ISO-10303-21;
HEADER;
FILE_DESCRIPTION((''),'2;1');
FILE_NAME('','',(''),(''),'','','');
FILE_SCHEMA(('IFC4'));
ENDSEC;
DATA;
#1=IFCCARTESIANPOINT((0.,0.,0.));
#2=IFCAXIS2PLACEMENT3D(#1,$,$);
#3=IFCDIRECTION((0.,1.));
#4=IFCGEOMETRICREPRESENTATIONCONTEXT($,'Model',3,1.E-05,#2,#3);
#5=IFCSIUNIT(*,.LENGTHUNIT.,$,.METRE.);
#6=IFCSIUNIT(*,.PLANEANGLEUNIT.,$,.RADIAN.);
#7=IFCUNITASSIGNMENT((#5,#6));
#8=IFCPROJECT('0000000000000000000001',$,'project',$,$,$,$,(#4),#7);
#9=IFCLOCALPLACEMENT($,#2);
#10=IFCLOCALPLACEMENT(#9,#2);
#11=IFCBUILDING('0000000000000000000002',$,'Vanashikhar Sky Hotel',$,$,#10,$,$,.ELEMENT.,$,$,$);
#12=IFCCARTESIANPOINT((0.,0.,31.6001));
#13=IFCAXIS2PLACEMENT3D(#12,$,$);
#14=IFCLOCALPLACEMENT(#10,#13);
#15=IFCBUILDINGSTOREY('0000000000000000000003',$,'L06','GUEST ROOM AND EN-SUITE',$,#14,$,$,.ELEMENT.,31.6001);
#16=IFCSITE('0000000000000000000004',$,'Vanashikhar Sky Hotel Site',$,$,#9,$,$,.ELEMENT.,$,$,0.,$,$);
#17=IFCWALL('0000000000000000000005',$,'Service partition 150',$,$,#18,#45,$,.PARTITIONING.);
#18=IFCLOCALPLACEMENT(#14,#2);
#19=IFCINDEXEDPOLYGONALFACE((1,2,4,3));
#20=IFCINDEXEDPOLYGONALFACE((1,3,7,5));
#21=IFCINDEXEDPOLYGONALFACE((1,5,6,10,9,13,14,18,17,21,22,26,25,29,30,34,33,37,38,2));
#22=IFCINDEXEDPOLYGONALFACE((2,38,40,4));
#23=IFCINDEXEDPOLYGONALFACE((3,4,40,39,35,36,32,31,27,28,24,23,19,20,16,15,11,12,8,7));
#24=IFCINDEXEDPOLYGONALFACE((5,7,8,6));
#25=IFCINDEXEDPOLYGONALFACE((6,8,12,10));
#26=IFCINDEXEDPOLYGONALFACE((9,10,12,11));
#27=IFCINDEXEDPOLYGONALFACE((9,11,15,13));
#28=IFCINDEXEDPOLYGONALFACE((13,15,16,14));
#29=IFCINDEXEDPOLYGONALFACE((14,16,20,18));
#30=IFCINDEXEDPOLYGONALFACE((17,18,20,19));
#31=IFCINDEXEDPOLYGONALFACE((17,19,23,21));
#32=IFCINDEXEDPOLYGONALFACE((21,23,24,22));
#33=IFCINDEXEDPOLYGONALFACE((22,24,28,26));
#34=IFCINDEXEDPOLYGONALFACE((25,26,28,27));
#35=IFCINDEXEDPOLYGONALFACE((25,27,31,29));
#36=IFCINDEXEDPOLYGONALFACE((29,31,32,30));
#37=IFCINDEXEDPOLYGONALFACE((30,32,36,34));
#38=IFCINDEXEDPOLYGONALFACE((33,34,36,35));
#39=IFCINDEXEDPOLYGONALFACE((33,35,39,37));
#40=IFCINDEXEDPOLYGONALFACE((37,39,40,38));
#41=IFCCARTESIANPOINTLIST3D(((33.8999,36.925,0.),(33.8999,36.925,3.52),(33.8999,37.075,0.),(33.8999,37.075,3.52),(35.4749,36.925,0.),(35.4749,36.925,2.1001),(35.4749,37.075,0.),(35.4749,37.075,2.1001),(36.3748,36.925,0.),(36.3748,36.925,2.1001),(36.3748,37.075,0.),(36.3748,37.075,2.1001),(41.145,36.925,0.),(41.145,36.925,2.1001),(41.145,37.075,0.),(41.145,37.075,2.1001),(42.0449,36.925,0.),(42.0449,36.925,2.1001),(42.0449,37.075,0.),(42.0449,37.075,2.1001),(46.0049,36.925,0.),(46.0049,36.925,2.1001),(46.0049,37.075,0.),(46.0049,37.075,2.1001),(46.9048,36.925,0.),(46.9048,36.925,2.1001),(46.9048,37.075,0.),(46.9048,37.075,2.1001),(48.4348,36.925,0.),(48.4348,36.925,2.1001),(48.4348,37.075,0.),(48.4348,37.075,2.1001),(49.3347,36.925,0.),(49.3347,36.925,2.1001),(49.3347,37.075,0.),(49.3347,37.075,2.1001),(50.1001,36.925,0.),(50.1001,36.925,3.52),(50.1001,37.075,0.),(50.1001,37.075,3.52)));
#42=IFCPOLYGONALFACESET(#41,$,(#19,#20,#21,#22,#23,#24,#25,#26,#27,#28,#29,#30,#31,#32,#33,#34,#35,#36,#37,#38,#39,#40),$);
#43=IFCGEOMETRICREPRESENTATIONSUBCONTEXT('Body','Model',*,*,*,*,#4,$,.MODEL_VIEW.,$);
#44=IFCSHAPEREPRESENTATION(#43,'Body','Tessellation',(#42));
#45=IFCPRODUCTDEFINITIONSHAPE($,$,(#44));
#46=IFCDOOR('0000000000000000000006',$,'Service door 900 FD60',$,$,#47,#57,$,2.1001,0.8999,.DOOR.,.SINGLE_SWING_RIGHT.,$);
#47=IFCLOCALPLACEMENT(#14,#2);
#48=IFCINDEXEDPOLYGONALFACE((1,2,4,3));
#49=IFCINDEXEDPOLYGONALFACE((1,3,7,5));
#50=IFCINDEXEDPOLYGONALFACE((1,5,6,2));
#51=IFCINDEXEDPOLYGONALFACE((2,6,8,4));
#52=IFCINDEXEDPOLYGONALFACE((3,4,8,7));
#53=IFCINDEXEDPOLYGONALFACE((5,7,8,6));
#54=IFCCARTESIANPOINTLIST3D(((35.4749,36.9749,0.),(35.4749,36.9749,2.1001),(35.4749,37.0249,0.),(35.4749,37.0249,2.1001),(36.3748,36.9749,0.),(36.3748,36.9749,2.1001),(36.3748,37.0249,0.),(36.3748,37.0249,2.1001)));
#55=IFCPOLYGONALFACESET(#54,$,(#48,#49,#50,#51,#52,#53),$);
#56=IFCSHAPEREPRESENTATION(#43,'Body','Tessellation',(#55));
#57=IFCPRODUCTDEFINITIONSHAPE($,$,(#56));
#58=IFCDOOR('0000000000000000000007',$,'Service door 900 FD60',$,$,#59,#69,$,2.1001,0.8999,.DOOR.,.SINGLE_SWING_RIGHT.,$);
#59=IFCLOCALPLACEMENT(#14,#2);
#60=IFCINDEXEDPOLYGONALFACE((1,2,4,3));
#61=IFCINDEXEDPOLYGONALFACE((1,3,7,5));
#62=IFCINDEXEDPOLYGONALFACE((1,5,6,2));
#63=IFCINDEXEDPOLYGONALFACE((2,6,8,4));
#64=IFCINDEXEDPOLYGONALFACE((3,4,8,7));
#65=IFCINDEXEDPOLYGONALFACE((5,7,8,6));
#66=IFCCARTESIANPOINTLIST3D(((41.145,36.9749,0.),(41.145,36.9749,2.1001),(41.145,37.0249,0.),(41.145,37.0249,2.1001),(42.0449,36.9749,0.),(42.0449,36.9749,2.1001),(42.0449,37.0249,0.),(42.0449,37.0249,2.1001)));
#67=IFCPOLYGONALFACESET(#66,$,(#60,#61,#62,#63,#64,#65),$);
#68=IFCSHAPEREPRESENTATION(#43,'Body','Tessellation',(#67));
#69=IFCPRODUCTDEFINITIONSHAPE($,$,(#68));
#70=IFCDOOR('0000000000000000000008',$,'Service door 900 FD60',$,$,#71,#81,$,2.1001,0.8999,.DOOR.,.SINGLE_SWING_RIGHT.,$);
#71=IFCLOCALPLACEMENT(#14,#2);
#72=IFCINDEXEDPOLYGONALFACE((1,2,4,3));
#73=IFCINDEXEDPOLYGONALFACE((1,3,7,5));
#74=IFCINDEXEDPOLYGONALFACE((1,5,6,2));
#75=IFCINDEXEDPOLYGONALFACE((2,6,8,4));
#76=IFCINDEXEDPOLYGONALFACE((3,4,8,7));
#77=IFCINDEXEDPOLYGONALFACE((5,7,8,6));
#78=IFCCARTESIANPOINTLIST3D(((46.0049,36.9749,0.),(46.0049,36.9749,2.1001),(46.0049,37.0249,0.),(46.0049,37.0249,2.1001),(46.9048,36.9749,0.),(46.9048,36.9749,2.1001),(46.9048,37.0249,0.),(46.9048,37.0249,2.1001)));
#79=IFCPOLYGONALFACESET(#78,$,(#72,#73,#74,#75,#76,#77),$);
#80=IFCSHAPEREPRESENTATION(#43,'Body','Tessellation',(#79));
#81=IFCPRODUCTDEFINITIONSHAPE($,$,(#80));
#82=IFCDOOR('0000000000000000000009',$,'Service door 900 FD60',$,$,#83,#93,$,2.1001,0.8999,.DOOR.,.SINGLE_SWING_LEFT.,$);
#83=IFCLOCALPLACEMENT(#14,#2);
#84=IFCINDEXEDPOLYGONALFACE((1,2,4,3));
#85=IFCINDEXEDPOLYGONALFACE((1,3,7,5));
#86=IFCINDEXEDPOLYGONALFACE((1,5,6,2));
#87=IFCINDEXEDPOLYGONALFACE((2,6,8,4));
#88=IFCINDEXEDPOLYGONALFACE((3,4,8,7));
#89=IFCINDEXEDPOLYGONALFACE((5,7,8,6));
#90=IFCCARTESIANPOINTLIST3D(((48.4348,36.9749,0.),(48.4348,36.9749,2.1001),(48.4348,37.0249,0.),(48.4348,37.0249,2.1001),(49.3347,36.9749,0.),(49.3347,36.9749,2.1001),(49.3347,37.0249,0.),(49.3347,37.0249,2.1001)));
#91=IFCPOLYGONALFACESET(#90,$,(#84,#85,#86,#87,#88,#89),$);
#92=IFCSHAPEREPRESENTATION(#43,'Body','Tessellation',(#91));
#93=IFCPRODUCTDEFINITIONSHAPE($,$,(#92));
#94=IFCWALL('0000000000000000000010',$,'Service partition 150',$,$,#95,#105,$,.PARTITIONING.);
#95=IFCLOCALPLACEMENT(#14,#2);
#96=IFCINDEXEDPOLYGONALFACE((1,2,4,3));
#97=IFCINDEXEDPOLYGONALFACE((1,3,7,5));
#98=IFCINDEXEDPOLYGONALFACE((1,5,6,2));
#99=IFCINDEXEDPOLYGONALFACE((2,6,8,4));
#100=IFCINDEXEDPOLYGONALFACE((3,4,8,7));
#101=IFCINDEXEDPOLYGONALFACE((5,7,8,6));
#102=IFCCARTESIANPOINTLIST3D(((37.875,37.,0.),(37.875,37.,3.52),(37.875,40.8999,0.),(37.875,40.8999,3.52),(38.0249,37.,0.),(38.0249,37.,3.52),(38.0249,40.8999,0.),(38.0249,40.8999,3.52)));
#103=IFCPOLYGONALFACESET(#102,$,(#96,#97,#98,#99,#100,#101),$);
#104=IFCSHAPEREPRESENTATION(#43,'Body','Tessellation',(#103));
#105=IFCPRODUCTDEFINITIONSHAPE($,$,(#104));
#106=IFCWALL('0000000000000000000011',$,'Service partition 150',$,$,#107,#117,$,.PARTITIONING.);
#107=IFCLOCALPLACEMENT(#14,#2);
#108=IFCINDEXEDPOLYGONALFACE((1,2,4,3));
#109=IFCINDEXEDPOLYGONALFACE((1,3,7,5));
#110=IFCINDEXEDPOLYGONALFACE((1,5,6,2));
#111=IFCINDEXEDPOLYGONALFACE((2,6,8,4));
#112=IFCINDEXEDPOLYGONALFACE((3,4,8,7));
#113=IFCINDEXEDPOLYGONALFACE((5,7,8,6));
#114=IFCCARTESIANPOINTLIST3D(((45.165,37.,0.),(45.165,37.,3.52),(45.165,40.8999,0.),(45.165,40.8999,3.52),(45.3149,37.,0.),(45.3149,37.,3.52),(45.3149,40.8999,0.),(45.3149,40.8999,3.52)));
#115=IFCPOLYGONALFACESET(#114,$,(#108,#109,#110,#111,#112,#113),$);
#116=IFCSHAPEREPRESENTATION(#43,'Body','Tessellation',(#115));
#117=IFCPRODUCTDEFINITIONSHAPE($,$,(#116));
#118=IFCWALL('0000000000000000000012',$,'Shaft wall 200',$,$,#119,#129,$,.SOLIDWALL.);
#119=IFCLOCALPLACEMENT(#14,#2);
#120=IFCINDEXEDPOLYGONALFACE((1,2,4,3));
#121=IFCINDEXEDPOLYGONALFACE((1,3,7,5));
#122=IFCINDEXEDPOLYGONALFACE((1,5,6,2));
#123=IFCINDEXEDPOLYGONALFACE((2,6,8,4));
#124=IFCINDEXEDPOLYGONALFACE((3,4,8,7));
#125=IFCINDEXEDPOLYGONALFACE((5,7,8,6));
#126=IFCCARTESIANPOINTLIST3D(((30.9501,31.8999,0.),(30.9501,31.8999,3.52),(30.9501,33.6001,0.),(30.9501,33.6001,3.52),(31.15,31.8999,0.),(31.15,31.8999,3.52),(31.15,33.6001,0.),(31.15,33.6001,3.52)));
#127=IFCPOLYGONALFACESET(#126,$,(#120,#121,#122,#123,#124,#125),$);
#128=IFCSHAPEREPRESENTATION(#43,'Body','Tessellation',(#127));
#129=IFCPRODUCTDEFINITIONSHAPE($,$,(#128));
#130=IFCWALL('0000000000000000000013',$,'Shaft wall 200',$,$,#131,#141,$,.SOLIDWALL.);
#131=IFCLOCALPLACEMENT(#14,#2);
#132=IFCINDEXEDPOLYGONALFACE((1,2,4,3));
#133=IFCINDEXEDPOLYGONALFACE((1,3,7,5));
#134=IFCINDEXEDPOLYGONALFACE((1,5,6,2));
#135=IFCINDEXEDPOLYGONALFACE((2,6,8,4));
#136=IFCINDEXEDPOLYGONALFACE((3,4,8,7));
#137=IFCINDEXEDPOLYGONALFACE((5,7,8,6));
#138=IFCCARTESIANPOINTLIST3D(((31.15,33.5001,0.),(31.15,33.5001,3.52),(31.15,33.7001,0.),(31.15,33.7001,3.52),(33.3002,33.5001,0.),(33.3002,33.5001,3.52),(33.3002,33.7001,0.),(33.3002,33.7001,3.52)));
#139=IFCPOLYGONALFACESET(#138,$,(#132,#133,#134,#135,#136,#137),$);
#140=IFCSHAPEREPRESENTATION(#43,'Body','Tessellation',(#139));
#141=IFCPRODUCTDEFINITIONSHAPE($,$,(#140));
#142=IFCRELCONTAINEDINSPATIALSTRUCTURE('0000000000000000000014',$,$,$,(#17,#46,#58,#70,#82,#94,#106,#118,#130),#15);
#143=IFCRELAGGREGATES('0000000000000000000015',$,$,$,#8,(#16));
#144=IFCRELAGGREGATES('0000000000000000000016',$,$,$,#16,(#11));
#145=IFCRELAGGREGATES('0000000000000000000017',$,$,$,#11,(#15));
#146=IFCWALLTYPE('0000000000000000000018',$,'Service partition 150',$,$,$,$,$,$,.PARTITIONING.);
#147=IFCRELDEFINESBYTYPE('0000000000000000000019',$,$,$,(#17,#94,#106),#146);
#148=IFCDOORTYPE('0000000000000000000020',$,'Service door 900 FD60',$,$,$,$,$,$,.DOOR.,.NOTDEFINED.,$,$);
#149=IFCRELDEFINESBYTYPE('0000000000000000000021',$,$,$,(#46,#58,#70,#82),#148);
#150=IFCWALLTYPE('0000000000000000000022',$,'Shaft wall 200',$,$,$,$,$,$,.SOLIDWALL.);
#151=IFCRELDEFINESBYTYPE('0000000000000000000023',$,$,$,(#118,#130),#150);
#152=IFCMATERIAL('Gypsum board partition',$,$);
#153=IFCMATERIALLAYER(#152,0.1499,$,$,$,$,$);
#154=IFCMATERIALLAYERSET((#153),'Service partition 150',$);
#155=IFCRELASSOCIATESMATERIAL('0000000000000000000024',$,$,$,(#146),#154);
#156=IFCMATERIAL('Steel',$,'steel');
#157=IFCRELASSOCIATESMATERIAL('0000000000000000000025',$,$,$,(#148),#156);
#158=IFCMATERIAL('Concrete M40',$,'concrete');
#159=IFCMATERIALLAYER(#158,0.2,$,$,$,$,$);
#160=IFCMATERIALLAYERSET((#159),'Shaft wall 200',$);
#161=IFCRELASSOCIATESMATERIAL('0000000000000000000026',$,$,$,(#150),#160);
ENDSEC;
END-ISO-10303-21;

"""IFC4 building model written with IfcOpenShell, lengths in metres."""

from ifc_helpers import new_model, si_unit, direction, frame, frame_2d, origin, place, context, subcontext, project, spatial, rectangle, extrude, source, transform, mapped, material, layer, layer_set, type_object, element, fill, save


model = new_model("IFC4")

# Units and contexts
model_context = context("Model", 3, precision=1e-05, world=origin(), true_north=direction((0.0, 1.0)))
body_context = subcontext(model_context, "Body", "Model", "MODEL_VIEW")
ifc_project = project(units=[si_unit("LENGTHUNIT", "METRE"), si_unit("PLANEANGLEUNIT", "RADIAN")], contexts=[model_context])

# Site, building, storey
site_placement = place(None, origin())
site = spatial("IfcSite", under=ifc_project, at=site_placement, Name="Vanashikhar Sky Hotel Site", CompositionType="ELEMENT", RefElevation=0.0)
building_placement = place(site_placement, origin())
building = spatial("IfcBuilding", under=site, at=building_placement, Name="Vanashikhar Sky Hotel", CompositionType="ELEMENT")
storey_placement = place(building_placement, frame((0.0, 0.0, 31.6001)))
storey = spatial("IfcBuildingStorey", under=building, at=storey_placement, Name="L06", Description="GUEST ROOM AND EN-SUITE", CompositionType="ELEMENT", Elevation=31.6001)

# Shared definitions
ifc_material_1 = material(Name="Steel", Category="steel")

# Shared definitions
ifc_material_2 = material(Name="Gypsum board partition")
ifc_layer_1 = layer(ifc_material_2, 0.1499)
ifc_layer_set_1 = layer_set([ifc_layer_1], Name="Service partition 150")
wall_type_1 = type_object("IfcWallType", Name="Service partition 150", PredefinedType="PARTITIONING", material=ifc_layer_set_1)

# Wall, openings, doors
shared_shape_1 = source(origin(), body_context, "Body", "SweptSolid", [
    extrude(rectangle(XDim=0.8999, YDim=2.1001, at=frame_2d((0.45, 1.05))), frame((0.0, 0.085, 0.0), z_axis=(0.0, -1.0, 0.0), x_axis=(1.0, 0.0, 0.0)), (0.0, 0.0, 1.0), 0.1699),
])
door_type_1 = type_object("IfcDoorType", Name="Service door 900 FD60", OperationType="NOTDEFINED", PredefinedType="DOOR", material=ifc_material_1)
shared_shape_2 = source(origin(), body_context, "Body", "SweptSolid", [
    extrude(rectangle(XDim=0.8999, YDim=2.1001, at=frame_2d((0.45, 1.05))), frame((0.0, 0.0249, 0.0), z_axis=(0.0, -1.0, 0.0), x_axis=(1.0, 0.0, 0.0)), (0.0, 0.0, 1.0), 0.05),
])
shared_shape_3 = source(origin(), body_context, "Body", "SweptSolid", [
    extrude(rectangle(XDim=16.2002, YDim=0.1499, at=frame_2d((8.1001, 0.0))), origin(), (0.0, 0.0, 1.0), 3.52),
])
wall_1_placement = place(storey_placement, frame((33.8999, 37.0, 0.0), z_axis=(0.0, 0.0, 1.0), x_axis=(1.0, 0.0, 0.0)))
wall_1 = element("IfcWall", 1, at=wall_1_placement, inside=storey, type_object=wall_type_1, Name="Service partition 150", PredefinedType="PARTITIONING", context=body_context, shape_type="MappedRepresentation", body=[
    mapped(shared_shape_3, transform((0.0, 0.0, 0.0), scale=1.0)),
])
opening_1_placement = place(wall_1_placement, frame((1.575, 0.0, 0.0)))
opening_1 = element("IfcOpeningElement", 2, at=opening_1_placement, cuts=wall_1, PredefinedType="OPENING", context=body_context, shape_type="MappedRepresentation", body=[
    mapped(shared_shape_1, transform((0.0, 0.0, 0.0), scale=1.0)),
])
opening_2_placement = place(wall_1_placement, frame((7.2451, 0.0, 0.0)))
opening_2 = element("IfcOpeningElement", 3, at=opening_2_placement, cuts=wall_1, PredefinedType="OPENING", context=body_context, shape_type="MappedRepresentation", body=[
    mapped(shared_shape_1, transform((0.0, 0.0, 0.0), scale=1.0)),
])
opening_3_placement = place(wall_1_placement, frame((12.105, 0.0, 0.0)))
opening_3 = element("IfcOpeningElement", 4, at=opening_3_placement, cuts=wall_1, PredefinedType="OPENING", context=body_context, shape_type="MappedRepresentation", body=[
    mapped(shared_shape_1, transform((0.0, 0.0, 0.0), scale=1.0)),
])
opening_4_placement = place(wall_1_placement, frame((14.5349, 0.0, 0.0)))
opening_4 = element("IfcOpeningElement", 5, at=opening_4_placement, cuts=wall_1, PredefinedType="OPENING", context=body_context, shape_type="MappedRepresentation", body=[
    mapped(shared_shape_1, transform((0.0, 0.0, 0.0), scale=1.0)),
])
door_1_placement = place(opening_1_placement, origin())
door_1 = element("IfcDoor", 6, at=door_1_placement, inside=storey, type_object=door_type_1, Name="Service door 900 FD60", OperationType="SINGLE_SWING_RIGHT", OverallHeight=2.1001, OverallWidth=0.8999, PredefinedType="DOOR", context=body_context, shape_type="MappedRepresentation", body=[
    mapped(shared_shape_2, transform((0.0, 0.0, 0.0), scale=1.0)),
])
fill(opening_1, door_1)
door_2_placement = place(opening_2_placement, origin())
door_2 = element("IfcDoor", 7, at=door_2_placement, inside=storey, type_object=door_type_1, Name="Service door 900 FD60", OperationType="SINGLE_SWING_RIGHT", OverallHeight=2.1001, OverallWidth=0.8999, PredefinedType="DOOR", context=body_context, shape_type="MappedRepresentation", body=[
    mapped(shared_shape_2, transform((0.0, 0.0, 0.0), scale=1.0)),
])
fill(opening_2, door_2)
door_3_placement = place(opening_3_placement, origin())
door_3 = element("IfcDoor", 8, at=door_3_placement, inside=storey, type_object=door_type_1, Name="Service door 900 FD60", OperationType="SINGLE_SWING_RIGHT", OverallHeight=2.1001, OverallWidth=0.8999, PredefinedType="DOOR", context=body_context, shape_type="MappedRepresentation", body=[
    mapped(shared_shape_2, transform((0.0, 0.0, 0.0), scale=1.0)),
])
fill(opening_3, door_3)
door_4_placement = place(opening_4_placement, origin())
door_4 = element("IfcDoor", 9, at=door_4_placement, inside=storey, type_object=door_type_1, Name="Service door 900 FD60", OperationType="SINGLE_SWING_LEFT", OverallHeight=2.1001, OverallWidth=0.8999, PredefinedType="DOOR", context=body_context, shape_type="MappedRepresentation", body=[
    mapped(shared_shape_2, transform((0.0, 0.0, 0.0), scale=1.0)),
])
fill(opening_4, door_4)

# Walls
shared_shape_4 = source(origin(), body_context, "Body", "SweptSolid", [
    extrude(rectangle(XDim=3.8999, YDim=0.1499, at=frame_2d((1.95, 0.0))), origin(), (0.0, 0.0, 1.0), 3.52),
])
for number, where, z_axis, x_axis, name in (
    (10, (37.95, 37.0, 0.0), (0.0, 0.0, 1.0), (0.0, 1.0, 0.0), "Service partition 150"),
    (11, (45.24, 37.0, 0.0), (0.0, 0.0, 1.0), (0.0, 1.0, 0.0), "Service partition 150"),
):
    element("IfcWall", number, at=place(storey_placement, frame(where, z_axis=z_axis, x_axis=x_axis)), inside=storey, type_object=wall_type_1, Name=name, PredefinedType="PARTITIONING", context=body_context, shape_type="MappedRepresentation", body=[
        mapped(shared_shape_4, transform((0.0, 0.0, 0.0), scale=1.0)),
    ])
ifc_material_3 = material(Name="Concrete M40", Category="concrete")
ifc_layer_2 = layer(ifc_material_3, 0.2)
ifc_layer_set_2 = layer_set([ifc_layer_2], Name="Shaft wall 200")
wall_type_2 = type_object("IfcWallType", Name="Shaft wall 200", PredefinedType="SOLIDWALL", material=ifc_layer_set_2)
shared_shape_5 = source(origin(), body_context, "Body", "SweptSolid", [
    extrude(rectangle(XDim=1.7002, YDim=0.2, at=frame_2d((0.8501, 0.0))), origin(), (0.0, 0.0, 1.0), 3.52),
])
wall_2_placement = place(storey_placement, frame((31.05, 31.8999, 0.0), z_axis=(0.0, 0.0, 1.0), x_axis=(0.0, 1.0, 0.0)))
element("IfcWall", 12, at=wall_2_placement, inside=storey, type_object=wall_type_2, Name="Shaft wall 200", PredefinedType="SOLIDWALL", context=body_context, shape_type="MappedRepresentation", body=[
    mapped(shared_shape_5, transform((0.0, 0.0, 0.0), scale=1.0)),
])
shared_shape_6 = source(origin(), body_context, "Body", "SweptSolid", [
    extrude(rectangle(XDim=2.1501, YDim=0.2, at=frame_2d((1.0752, 0.0))), origin(), (0.0, 0.0, 1.0), 3.52),
])
wall_3_placement = place(storey_placement, frame((31.1499, 33.6001, 0.0), z_axis=(0.0, 0.0, 1.0), x_axis=(1.0, 0.0, 0.0)))
element("IfcWall", 13, at=wall_3_placement, inside=storey, type_object=wall_type_2, Name="Shaft wall 200", PredefinedType="SOLIDWALL", context=body_context, shape_type="MappedRepresentation", body=[
    mapped(shared_shape_6, transform((0.0, 0.0, 0.0), scale=1.0)),
])

save(model, "model.ifc")
